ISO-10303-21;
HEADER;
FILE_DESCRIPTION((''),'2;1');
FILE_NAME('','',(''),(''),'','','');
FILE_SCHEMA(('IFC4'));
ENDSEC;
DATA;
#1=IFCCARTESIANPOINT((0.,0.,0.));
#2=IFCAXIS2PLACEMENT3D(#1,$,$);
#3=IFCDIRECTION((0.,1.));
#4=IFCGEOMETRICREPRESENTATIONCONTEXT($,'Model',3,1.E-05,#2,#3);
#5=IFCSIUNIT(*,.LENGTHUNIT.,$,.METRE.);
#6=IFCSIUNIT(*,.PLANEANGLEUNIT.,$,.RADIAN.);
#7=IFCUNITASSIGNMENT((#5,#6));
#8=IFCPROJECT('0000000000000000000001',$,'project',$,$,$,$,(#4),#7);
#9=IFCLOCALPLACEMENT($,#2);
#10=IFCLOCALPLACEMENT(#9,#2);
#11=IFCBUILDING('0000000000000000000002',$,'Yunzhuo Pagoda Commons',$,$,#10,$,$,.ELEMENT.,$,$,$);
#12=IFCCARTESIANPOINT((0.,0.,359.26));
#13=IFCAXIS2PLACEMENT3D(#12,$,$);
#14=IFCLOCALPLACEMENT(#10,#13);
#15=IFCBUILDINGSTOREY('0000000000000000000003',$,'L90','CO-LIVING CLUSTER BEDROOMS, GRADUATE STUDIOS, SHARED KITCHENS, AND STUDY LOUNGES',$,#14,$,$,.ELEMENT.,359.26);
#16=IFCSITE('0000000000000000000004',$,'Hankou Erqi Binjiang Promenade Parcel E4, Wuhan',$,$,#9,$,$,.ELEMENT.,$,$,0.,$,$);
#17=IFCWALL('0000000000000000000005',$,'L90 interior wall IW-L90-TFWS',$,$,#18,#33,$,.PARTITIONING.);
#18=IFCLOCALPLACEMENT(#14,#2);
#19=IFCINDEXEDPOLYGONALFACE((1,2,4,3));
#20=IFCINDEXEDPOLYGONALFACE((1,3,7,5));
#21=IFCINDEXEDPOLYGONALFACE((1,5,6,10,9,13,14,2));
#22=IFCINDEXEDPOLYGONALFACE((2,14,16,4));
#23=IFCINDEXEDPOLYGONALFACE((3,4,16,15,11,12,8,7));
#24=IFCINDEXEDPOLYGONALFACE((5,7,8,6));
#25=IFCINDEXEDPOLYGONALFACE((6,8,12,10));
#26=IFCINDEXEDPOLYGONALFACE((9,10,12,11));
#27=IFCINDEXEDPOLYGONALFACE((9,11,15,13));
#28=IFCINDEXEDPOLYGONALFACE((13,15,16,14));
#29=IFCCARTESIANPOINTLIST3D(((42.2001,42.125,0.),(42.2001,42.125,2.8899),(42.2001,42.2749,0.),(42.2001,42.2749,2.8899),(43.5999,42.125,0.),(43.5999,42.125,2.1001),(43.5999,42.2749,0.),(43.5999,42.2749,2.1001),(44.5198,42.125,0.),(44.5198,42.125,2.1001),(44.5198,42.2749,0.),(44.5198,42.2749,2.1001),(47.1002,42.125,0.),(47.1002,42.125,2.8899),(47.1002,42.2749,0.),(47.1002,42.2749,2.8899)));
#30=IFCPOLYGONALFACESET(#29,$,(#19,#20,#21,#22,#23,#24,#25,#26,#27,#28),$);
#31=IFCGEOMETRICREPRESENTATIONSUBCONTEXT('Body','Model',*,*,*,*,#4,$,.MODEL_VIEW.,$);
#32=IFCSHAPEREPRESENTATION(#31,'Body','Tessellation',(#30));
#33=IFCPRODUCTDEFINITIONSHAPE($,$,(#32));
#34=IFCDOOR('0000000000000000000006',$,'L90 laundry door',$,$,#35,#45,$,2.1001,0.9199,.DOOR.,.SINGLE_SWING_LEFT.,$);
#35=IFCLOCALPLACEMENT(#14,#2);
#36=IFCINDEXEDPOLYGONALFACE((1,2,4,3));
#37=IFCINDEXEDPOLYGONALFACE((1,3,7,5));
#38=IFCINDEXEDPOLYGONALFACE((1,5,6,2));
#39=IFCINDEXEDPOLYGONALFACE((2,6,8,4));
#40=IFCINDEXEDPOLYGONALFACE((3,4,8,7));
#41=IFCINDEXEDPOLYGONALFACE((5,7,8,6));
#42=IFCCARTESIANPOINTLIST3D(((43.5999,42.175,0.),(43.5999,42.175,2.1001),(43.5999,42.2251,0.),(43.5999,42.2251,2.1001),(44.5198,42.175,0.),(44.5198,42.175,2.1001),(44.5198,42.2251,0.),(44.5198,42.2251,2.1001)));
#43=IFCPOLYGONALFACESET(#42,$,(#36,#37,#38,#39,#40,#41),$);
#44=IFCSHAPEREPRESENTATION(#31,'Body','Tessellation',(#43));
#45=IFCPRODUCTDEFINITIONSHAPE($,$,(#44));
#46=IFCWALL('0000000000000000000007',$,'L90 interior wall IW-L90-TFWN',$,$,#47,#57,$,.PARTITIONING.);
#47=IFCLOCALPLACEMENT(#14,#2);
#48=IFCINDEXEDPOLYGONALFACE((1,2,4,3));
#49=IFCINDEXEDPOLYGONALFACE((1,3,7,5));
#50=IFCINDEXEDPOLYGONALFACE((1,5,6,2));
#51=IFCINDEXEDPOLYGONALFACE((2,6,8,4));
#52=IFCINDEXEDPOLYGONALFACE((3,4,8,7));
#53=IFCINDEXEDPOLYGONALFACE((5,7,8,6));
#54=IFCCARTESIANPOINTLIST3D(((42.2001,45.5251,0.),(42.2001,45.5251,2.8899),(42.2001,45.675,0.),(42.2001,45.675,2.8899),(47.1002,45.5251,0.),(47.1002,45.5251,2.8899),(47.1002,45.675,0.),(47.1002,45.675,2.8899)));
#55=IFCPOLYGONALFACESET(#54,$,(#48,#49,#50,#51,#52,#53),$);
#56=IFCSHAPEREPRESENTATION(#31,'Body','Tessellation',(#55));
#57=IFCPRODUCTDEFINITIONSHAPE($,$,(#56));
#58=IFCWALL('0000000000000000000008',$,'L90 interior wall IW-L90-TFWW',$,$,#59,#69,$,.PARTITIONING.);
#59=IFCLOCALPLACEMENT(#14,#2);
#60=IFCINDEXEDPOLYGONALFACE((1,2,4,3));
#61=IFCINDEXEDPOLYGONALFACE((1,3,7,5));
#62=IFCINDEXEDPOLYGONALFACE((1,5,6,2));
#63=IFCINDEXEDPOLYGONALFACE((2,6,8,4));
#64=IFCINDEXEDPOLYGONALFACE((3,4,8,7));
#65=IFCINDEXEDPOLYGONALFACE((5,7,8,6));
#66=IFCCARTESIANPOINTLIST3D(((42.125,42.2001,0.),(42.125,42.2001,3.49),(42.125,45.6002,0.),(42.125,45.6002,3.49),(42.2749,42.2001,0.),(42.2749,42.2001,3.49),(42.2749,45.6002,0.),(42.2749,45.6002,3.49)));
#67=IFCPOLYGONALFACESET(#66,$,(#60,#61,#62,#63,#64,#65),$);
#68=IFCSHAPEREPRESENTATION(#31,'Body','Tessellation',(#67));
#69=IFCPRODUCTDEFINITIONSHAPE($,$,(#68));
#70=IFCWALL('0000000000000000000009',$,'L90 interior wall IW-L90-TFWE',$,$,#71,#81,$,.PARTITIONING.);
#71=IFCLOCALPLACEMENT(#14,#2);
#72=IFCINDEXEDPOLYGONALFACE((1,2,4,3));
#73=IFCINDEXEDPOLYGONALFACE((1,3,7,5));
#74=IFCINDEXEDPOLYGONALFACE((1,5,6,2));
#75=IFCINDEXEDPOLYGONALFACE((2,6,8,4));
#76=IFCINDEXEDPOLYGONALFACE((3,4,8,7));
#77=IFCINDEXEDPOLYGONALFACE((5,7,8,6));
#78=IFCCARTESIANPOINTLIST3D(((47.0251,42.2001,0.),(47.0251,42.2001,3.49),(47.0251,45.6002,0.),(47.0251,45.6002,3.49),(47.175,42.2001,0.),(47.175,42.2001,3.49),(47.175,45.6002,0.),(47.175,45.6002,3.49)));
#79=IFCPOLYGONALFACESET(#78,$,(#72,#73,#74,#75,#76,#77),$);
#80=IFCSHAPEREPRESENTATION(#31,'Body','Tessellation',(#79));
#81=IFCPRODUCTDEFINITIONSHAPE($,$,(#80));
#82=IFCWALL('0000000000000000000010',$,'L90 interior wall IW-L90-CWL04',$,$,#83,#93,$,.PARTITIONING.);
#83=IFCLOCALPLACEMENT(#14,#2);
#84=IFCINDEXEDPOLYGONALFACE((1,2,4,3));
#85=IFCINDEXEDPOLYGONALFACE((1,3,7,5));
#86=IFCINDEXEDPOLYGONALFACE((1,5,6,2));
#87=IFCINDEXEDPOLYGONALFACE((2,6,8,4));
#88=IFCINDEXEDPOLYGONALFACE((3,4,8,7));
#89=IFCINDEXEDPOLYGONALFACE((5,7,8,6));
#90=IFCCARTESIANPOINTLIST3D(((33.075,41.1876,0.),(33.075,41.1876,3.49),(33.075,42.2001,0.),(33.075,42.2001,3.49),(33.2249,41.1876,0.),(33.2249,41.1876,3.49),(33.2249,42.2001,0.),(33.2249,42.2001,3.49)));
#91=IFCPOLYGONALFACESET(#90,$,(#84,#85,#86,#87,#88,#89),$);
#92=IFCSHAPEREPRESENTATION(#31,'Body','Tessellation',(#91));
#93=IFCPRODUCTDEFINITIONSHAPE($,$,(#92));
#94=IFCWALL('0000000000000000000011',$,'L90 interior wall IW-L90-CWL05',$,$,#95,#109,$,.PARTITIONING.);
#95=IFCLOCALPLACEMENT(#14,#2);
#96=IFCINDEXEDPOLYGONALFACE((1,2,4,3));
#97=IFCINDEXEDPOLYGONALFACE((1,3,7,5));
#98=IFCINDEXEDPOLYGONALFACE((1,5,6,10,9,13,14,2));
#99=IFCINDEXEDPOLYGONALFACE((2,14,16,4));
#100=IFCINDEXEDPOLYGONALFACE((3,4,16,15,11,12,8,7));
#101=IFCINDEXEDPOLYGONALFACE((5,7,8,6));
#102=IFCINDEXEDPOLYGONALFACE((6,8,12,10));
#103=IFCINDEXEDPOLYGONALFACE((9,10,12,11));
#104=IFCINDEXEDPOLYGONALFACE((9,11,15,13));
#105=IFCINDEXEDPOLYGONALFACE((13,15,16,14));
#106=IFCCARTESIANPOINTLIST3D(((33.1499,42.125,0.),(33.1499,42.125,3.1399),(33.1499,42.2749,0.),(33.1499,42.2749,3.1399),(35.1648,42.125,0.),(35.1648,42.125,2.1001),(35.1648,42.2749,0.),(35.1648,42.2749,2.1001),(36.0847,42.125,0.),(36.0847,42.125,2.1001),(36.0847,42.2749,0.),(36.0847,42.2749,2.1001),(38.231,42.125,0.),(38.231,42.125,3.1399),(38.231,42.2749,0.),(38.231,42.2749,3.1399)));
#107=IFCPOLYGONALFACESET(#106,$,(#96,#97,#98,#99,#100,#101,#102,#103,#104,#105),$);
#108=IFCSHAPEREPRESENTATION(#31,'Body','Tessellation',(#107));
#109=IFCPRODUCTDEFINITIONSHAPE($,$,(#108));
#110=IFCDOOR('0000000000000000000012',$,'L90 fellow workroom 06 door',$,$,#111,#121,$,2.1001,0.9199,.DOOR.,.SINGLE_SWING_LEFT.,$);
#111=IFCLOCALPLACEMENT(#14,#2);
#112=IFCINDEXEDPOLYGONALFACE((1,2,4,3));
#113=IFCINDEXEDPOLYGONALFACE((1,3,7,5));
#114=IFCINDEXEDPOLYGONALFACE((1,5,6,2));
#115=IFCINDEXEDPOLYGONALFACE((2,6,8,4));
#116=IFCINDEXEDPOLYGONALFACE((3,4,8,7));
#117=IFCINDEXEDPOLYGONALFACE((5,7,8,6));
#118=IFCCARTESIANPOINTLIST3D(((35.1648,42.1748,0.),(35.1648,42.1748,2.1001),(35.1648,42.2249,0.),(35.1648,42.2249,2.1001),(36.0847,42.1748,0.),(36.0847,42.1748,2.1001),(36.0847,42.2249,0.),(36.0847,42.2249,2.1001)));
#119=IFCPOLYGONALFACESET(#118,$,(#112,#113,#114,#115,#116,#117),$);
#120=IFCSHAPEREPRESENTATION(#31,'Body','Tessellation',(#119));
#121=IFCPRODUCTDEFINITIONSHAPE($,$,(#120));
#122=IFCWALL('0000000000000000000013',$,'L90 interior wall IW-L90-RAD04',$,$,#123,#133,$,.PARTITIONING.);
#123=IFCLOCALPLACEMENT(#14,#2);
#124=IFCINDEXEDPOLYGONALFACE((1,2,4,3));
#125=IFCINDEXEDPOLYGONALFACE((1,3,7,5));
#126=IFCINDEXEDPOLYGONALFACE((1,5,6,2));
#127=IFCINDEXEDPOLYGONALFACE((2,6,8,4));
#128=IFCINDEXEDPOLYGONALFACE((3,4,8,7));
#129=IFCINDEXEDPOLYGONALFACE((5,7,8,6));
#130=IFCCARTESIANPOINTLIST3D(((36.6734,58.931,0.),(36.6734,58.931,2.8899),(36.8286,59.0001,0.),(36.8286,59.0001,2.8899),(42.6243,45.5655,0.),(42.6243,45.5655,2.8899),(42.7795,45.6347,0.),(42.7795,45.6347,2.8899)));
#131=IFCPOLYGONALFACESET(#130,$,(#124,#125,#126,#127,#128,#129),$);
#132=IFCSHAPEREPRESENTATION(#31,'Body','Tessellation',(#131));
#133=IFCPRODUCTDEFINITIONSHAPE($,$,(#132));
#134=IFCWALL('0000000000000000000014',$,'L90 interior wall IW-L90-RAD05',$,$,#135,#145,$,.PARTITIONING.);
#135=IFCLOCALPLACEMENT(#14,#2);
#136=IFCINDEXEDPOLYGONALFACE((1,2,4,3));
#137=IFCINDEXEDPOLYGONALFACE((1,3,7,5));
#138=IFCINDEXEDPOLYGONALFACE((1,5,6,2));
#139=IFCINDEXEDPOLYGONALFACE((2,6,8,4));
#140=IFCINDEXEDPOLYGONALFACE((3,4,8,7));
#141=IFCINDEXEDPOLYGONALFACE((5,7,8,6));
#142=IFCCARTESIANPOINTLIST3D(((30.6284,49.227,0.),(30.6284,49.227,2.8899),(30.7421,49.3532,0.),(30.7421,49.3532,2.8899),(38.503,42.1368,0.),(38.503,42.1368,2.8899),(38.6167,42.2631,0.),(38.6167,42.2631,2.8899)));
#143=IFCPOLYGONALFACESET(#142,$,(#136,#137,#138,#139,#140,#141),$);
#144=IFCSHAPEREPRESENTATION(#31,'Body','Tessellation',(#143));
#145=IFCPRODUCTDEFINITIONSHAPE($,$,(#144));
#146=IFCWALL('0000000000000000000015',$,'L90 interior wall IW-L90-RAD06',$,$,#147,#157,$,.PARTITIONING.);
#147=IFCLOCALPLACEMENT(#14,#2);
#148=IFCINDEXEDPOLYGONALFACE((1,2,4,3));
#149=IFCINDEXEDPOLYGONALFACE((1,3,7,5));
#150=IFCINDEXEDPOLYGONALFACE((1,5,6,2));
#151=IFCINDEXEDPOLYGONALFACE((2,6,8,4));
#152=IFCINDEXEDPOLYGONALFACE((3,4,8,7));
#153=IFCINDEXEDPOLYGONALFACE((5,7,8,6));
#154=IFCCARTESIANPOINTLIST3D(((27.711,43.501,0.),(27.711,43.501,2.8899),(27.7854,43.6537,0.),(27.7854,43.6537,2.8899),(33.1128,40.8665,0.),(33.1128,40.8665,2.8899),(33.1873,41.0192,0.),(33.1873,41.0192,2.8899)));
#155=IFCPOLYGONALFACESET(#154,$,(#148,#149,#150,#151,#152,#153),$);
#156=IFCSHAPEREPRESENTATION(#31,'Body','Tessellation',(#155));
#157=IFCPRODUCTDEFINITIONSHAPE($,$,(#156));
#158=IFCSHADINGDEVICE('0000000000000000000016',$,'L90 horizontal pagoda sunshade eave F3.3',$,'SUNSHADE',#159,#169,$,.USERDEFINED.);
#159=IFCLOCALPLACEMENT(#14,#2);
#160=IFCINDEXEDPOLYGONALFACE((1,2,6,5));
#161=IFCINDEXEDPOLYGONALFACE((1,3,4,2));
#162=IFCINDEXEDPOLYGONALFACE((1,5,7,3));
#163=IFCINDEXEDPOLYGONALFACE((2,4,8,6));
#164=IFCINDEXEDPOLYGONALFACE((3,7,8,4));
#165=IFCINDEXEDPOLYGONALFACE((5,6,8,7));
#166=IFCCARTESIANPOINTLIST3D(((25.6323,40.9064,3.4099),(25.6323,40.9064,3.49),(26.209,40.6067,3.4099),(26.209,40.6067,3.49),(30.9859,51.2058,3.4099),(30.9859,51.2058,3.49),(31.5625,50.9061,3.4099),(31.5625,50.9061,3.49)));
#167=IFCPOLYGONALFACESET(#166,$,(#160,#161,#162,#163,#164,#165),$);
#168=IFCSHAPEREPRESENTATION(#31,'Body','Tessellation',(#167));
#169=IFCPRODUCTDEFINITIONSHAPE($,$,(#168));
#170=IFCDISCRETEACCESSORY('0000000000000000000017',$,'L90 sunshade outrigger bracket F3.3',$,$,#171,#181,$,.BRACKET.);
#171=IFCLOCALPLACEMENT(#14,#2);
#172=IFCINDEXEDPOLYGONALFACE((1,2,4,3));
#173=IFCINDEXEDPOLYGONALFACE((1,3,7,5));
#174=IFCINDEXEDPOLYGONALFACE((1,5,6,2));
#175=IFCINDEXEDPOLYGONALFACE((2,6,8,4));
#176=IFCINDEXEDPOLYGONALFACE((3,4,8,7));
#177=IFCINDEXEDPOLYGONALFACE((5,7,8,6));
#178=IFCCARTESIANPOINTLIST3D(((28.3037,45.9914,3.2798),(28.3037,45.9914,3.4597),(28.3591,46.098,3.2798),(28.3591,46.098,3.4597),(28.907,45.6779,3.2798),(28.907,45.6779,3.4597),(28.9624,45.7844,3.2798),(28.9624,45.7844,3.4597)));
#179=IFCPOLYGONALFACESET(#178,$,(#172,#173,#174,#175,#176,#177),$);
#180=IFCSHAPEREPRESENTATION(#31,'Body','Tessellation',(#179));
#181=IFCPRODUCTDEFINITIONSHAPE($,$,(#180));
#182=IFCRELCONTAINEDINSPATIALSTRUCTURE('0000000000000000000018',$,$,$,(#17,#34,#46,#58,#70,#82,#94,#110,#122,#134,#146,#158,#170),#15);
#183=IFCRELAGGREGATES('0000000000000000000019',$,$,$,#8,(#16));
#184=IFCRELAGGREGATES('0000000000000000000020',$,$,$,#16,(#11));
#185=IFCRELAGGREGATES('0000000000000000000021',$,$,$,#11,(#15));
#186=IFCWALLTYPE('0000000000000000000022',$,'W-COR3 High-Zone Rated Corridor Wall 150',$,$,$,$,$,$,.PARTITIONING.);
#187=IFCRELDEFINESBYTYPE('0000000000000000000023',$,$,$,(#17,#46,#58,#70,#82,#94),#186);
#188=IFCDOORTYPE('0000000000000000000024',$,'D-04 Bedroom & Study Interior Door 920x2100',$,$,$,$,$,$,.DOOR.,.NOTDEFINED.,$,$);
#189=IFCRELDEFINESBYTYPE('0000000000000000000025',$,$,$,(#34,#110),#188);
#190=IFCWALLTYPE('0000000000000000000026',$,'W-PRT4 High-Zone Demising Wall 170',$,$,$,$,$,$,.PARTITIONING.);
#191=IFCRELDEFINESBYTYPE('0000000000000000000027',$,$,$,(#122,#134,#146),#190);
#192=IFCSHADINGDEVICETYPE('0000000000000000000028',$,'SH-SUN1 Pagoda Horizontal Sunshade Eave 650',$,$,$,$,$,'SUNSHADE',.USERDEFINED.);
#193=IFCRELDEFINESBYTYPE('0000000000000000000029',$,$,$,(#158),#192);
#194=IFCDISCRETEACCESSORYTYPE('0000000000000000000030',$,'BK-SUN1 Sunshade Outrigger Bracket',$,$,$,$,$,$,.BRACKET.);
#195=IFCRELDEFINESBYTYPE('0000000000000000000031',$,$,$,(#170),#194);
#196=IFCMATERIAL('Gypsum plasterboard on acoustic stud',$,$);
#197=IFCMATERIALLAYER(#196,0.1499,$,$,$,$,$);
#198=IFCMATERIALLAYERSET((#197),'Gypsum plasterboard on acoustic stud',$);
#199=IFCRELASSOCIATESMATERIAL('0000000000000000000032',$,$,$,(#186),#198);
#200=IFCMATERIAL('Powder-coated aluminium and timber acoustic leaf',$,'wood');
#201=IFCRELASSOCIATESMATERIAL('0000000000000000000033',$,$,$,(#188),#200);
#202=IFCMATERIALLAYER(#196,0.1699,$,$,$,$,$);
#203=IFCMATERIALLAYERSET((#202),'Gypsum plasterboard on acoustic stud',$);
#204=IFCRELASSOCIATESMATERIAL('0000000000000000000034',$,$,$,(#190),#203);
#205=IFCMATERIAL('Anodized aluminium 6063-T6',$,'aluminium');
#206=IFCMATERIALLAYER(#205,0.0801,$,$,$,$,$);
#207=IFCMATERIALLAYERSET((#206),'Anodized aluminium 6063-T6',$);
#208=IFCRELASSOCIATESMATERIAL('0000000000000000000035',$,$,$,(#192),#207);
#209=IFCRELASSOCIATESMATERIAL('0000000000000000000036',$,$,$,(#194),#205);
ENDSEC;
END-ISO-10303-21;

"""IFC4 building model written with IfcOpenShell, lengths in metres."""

from ifc_helpers import new_model, si_unit, direction, frame, frame_2d, origin, origin_with_axes, origin_2d, place, context, subcontext, project, spatial, rectangle, extrude, source, transform, mapped, material, layer, layer_set, type_object, element, fill, save


model = new_model("IFC4")

# Units and contexts
model_context = context("Model", 3, precision=1e-05, world=origin(), true_north=direction((0.0, 1.0)))
body_context = subcontext(model_context, "Body", "Model", "MODEL_VIEW")
ifc_project = project(units=[si_unit("LENGTHUNIT", "METRE"), si_unit("PLANEANGLEUNIT", "RADIAN")], contexts=[model_context])

# Site, building, storey
site_placement = place(None, origin())
site = spatial("IfcSite", under=ifc_project, at=site_placement, Name="Hankou Erqi Binjiang Promenade Parcel E4, Wuhan", CompositionType="ELEMENT", RefElevation=0.0)
building_placement = place(site_placement, origin())
building = spatial("IfcBuilding", under=site, at=building_placement, Name="Yunzhuo Pagoda Commons", CompositionType="ELEMENT")
storey_placement = place(building_placement, frame((0.0, 0.0, 359.26)))
storey = spatial("IfcBuildingStorey", under=building, at=storey_placement, Name="L90", Description="CO-LIVING CLUSTER BEDROOMS, GRADUATE STUDIOS, SHARED KITCHENS, AND STUDY LOUNGES", CompositionType="ELEMENT", Elevation=359.26)

# Shared definitions
ifc_material_1 = material(Name="Anodized aluminium 6063-T6", Category="aluminium")

# Wall, opening, door
ifc_material_2 = material(Name="Gypsum plasterboard on acoustic stud")
ifc_layer_1 = layer(ifc_material_2, 0.1499)
ifc_layer_set_1 = layer_set([ifc_layer_1], Name="Gypsum plasterboard on acoustic stud")
wall_type_1 = type_object("IfcWallType", Name="W-COR3 High-Zone Rated Corridor Wall 150", PredefinedType="PARTITIONING", material=ifc_layer_set_1)
wall_1_placement = place(storey_placement, frame((42.2, 42.2, 0.0), z_axis=(0.0, 0.0, 1.0), x_axis=(1.0, 0.0, 0.0)))
wall_1 = element("IfcWall", 1, at=wall_1_placement, inside=storey, type_object=wall_type_1, Name="L90 interior wall IW-L90-TFWS", PredefinedType="PARTITIONING", context=body_context, shape_type="SweptSolid", body=[
    extrude(rectangle(XDim=4.9001, YDim=0.1499, at=frame_2d((2.4502, 0.0))), origin(), (0.0, 0.0, 1.0), 2.8899),
])
opening_1_placement = place(wall_1_placement, frame((1.3999, 0.0, 0.0)))
opening_1 = element("IfcOpeningElement", 2, at=opening_1_placement, cuts=wall_1, PredefinedType="OPENING", context=body_context, shape_type="SweptSolid", body=[
    extrude(rectangle(XDim=0.9199, YDim=2.1001, at=frame_2d((0.46, 1.05))), frame((0.0, 0.085, 0.0), z_axis=(0.0, -1.0, 0.0), x_axis=(1.0, 0.0, 0.0)), (0.0, 0.0, 1.0), 0.1699),
])
ifc_material_3 = material(Name="Powder-coated aluminium and timber acoustic leaf", Category="wood")
door_type_1 = type_object("IfcDoorType", Name="D-04 Bedroom & Study Interior Door 920x2100", OperationType="NOTDEFINED", PredefinedType="DOOR", material=ifc_material_3)
shared_shape_1 = source(origin(), body_context, "Body", "SweptSolid", [
    extrude(rectangle(XDim=0.9199, YDim=2.1001, at=frame_2d((0.46, 1.05))), frame((0.0, 0.0249, 0.0), z_axis=(0.0, -1.0, 0.0), x_axis=(1.0, 0.0, 0.0)), (0.0, 0.0, 1.0), 0.05),
])
door_1_placement = place(opening_1_placement, frame((0.9199, 0.0, 0.0), z_axis=(0.0, 0.0, 1.0), x_axis=(-1.0, 0.0, 0.0)))
door_1 = element("IfcDoor", 3, at=door_1_placement, inside=storey, type_object=door_type_1, Name="L90 laundry door", OperationType="SINGLE_SWING_LEFT", OverallHeight=2.1001, OverallWidth=0.9199, PredefinedType="DOOR", context=body_context, shape_type="MappedRepresentation", body=[
    mapped(shared_shape_1, transform((0.0, 0.0, 0.0), scale=1.0)),
])
fill(opening_1, door_1)

# Walls
wall_2_placement = place(storey_placement, frame((42.2, 45.6001, 0.0), z_axis=(0.0, 0.0, 1.0), x_axis=(1.0, 0.0, 0.0)))
element("IfcWall", 4, at=wall_2_placement, inside=storey, type_object=wall_type_1, Name="L90 interior wall IW-L90-TFWN", PredefinedType="PARTITIONING", context=body_context, shape_type="SweptSolid", body=[
    extrude(rectangle(XDim=4.9001, YDim=0.1499, at=frame_2d((2.4502, 0.0))), origin(), (0.0, 0.0, 1.0), 2.8899),
])
for number, where, z_axis, x_axis, name in (
    (5, (42.2, 42.2, 0.0), (0.0, 0.0, 1.0), (0.0, 1.0, 0.0), "L90 interior wall IW-L90-TFWW"),
    (6, (47.1001, 42.2, 0.0), (0.0, 0.0, 1.0), (0.0, 1.0, 0.0), "L90 interior wall IW-L90-TFWE"),
):
    element("IfcWall", number, at=place(storey_placement, frame(where, z_axis=z_axis, x_axis=x_axis)), inside=storey, type_object=wall_type_1, Name=name, PredefinedType="PARTITIONING", context=body_context, shape_type="SweptSolid", body=[
        extrude(rectangle(XDim=3.4001, YDim=0.1499, at=frame_2d((1.7002, 0.0))), origin(), (0.0, 0.0, 1.0), 3.49),
    ])
wall_3_placement = place(storey_placement, frame((33.1499, 41.1875, 0.0), z_axis=(0.0, 0.0, 1.0), x_axis=(0.0, 1.0, 0.0)))
element("IfcWall", 7, at=wall_3_placement, inside=storey, type_object=wall_type_1, Name="L90 interior wall IW-L90-CWL04", PredefinedType="PARTITIONING", context=body_context, shape_type="SweptSolid", body=[
    extrude(rectangle(XDim=1.0125, YDim=0.1499, at=frame_2d((0.5063, 0.0))), origin(), (0.0, 0.0, 1.0), 3.49),
])

# Wall, opening, door
wall_4_placement = place(storey_placement, frame((33.1499, 42.2, 0.0), z_axis=(0.0, 0.0, 1.0), x_axis=(1.0, 0.0, 0.0)))
wall_4 = element("IfcWall", 8, at=wall_4_placement, inside=storey, type_object=wall_type_1, Name="L90 interior wall IW-L90-CWL05", PredefinedType="PARTITIONING", context=body_context, shape_type="SweptSolid", body=[
    extrude(rectangle(XDim=5.0811, YDim=0.1499, at=frame_2d((2.5405, 0.0))), origin(), (0.0, 0.0, 1.0), 3.1399),
])
opening_2_placement = place(wall_4_placement, frame((2.0149, 0.0, 0.0)))
opening_2 = element("IfcOpeningElement", 9, at=opening_2_placement, cuts=wall_4, PredefinedType="OPENING", context=body_context, shape_type="SweptSolid", body=[
    extrude(rectangle(XDim=0.9199, YDim=2.1001, at=frame_2d((0.46, 1.05))), frame((0.0, 0.085, 0.0), z_axis=(0.0, -1.0, 0.0), x_axis=(1.0, 0.0, 0.0)), (0.0, 0.0, 1.0), 0.1699),
])
door_2_placement = place(opening_2_placement, origin_with_axes())
door_2 = element("IfcDoor", 10, at=door_2_placement, inside=storey, type_object=door_type_1, Name="L90 fellow workroom 06 door", OperationType="SINGLE_SWING_LEFT", OverallHeight=2.1001, OverallWidth=0.9199, PredefinedType="DOOR", context=body_context, shape_type="MappedRepresentation", body=[
    mapped(shared_shape_1, transform((0.0, 0.0, 0.0), scale=1.0)),
])
fill(opening_2, door_2)

# Walls
ifc_layer_2 = layer(ifc_material_2, 0.1699)
ifc_layer_set_2 = layer_set([ifc_layer_2], Name="Gypsum plasterboard on acoustic stud")
wall_type_2 = type_object("IfcWallType", Name="W-PRT4 High-Zone Demising Wall 170", PredefinedType="PARTITIONING", material=ifc_layer_set_2)
wall_5_placement = place(storey_placement, frame((42.7019, 45.6001, 0.0), z_axis=(0.0, 0.0, 1.0), x_axis=(-0.40675, 0.91354, 0.0)))
element("IfcWall", 11, at=wall_5_placement, inside=storey, type_object=wall_type_2, Name="L90 interior wall IW-L90-RAD04", PredefinedType="PARTITIONING", context=body_context, shape_type="SweptSolid", body=[
    extrude(rectangle(XDim=14.6304, YDim=0.1699, at=frame_2d((7.3152, 0.0))), origin(), (0.0, 0.0, 1.0), 2.8899),
])
wall_6_placement = place(storey_placement, frame((38.5598, 42.2, 0.0), z_axis=(0.0, 0.0, 1.0), x_axis=(-0.743152, 0.669123, 0.0)))
element("IfcWall", 12, at=wall_6_placement, inside=storey, type_object=wall_type_2, Name="L90 interior wall IW-L90-RAD05", PredefinedType="PARTITIONING", context=body_context, shape_type="SweptSolid", body=[
    extrude(rectangle(XDim=10.5962, YDim=0.1699, at=frame_2d((5.2981, 0.0))), origin(), (0.0, 0.0, 1.0), 2.8899),
])
wall_7_placement = place(storey_placement, frame((33.1499, 40.9429, 0.0), z_axis=(0.0, 0.0, 1.0), x_axis=(-0.898803, 0.438352, 0.0)))
element("IfcWall", 13, at=wall_7_placement, inside=storey, type_object=wall_type_2, Name="L90 interior wall IW-L90-RAD06", PredefinedType="PARTITIONING", context=body_context, shape_type="SweptSolid", body=[
    extrude(rectangle(XDim=6.01, YDim=0.1699, at=frame_2d((3.0049, 0.0))), origin(), (0.0, 0.0, 1.0), 2.8899),
])

# Shading device
ifc_layer_3 = layer(ifc_material_1, 0.0801)
ifc_layer_set_3 = layer_set([ifc_layer_3], Name="Anodized aluminium 6063-T6")
shading_device_type = type_object("IfcShadingDeviceType", Name="SH-SUN1 Pagoda Horizontal Sunshade Eave 650", ElementType="SUNSHADE", PredefinedType="USERDEFINED", material=ifc_layer_set_3)
shared_shape_2 = source(origin(), body_context, "Body", "SweptSolid", [
    extrude(rectangle(XDim=11.6077, YDim=0.6499, at=origin_2d()), origin(), (0.0, 0.0, 1.0), 0.0801),
])
shading_device_placement = place(storey_placement, frame((28.5974, 45.9062, 3.4099), z_axis=(0.0, 0.0, 1.0), x_axis=(-0.461207, -0.887293, 0.0)))
element("IfcShadingDevice", 14, at=shading_device_placement, inside=storey, type_object=shading_device_type, Name="L90 horizontal pagoda sunshade eave F3.3", ObjectType="SUNSHADE", PredefinedType="USERDEFINED", context=body_context, shape_type="MappedRepresentation", body=[
    mapped(shared_shape_2, transform((0.0, 0.0, 0.0), scale=1.0)),
])

# Discrete accessory
discrete_accessory_type = type_object("IfcDiscreteAccessoryType", Name="BK-SUN1 Sunshade Outrigger Bracket", PredefinedType="BRACKET", material=ifc_material_1)
shared_shape_3 = source(origin(), body_context, "Body", "SweptSolid", [
    extrude(rectangle(XDim=0.1201, YDim=0.6799, at=origin_2d()), origin(), (0.0, 0.0, 1.0), 0.1799),
])
discrete_accessory_placement = place(storey_placement, frame((28.6331, 45.8879, 3.2798), z_axis=(0.0, 0.0, 1.0), x_axis=(-0.461207, -0.887293, 0.0)))
element("IfcDiscreteAccessory", 15, at=discrete_accessory_placement, inside=storey, type_object=discrete_accessory_type, Name="L90 sunshade outrigger bracket F3.3", PredefinedType="BRACKET", context=body_context, shape_type="MappedRepresentation", body=[
    mapped(shared_shape_3, transform((0.0, 0.0, 0.0), scale=1.0)),
])

save(model, "model.ifc")
